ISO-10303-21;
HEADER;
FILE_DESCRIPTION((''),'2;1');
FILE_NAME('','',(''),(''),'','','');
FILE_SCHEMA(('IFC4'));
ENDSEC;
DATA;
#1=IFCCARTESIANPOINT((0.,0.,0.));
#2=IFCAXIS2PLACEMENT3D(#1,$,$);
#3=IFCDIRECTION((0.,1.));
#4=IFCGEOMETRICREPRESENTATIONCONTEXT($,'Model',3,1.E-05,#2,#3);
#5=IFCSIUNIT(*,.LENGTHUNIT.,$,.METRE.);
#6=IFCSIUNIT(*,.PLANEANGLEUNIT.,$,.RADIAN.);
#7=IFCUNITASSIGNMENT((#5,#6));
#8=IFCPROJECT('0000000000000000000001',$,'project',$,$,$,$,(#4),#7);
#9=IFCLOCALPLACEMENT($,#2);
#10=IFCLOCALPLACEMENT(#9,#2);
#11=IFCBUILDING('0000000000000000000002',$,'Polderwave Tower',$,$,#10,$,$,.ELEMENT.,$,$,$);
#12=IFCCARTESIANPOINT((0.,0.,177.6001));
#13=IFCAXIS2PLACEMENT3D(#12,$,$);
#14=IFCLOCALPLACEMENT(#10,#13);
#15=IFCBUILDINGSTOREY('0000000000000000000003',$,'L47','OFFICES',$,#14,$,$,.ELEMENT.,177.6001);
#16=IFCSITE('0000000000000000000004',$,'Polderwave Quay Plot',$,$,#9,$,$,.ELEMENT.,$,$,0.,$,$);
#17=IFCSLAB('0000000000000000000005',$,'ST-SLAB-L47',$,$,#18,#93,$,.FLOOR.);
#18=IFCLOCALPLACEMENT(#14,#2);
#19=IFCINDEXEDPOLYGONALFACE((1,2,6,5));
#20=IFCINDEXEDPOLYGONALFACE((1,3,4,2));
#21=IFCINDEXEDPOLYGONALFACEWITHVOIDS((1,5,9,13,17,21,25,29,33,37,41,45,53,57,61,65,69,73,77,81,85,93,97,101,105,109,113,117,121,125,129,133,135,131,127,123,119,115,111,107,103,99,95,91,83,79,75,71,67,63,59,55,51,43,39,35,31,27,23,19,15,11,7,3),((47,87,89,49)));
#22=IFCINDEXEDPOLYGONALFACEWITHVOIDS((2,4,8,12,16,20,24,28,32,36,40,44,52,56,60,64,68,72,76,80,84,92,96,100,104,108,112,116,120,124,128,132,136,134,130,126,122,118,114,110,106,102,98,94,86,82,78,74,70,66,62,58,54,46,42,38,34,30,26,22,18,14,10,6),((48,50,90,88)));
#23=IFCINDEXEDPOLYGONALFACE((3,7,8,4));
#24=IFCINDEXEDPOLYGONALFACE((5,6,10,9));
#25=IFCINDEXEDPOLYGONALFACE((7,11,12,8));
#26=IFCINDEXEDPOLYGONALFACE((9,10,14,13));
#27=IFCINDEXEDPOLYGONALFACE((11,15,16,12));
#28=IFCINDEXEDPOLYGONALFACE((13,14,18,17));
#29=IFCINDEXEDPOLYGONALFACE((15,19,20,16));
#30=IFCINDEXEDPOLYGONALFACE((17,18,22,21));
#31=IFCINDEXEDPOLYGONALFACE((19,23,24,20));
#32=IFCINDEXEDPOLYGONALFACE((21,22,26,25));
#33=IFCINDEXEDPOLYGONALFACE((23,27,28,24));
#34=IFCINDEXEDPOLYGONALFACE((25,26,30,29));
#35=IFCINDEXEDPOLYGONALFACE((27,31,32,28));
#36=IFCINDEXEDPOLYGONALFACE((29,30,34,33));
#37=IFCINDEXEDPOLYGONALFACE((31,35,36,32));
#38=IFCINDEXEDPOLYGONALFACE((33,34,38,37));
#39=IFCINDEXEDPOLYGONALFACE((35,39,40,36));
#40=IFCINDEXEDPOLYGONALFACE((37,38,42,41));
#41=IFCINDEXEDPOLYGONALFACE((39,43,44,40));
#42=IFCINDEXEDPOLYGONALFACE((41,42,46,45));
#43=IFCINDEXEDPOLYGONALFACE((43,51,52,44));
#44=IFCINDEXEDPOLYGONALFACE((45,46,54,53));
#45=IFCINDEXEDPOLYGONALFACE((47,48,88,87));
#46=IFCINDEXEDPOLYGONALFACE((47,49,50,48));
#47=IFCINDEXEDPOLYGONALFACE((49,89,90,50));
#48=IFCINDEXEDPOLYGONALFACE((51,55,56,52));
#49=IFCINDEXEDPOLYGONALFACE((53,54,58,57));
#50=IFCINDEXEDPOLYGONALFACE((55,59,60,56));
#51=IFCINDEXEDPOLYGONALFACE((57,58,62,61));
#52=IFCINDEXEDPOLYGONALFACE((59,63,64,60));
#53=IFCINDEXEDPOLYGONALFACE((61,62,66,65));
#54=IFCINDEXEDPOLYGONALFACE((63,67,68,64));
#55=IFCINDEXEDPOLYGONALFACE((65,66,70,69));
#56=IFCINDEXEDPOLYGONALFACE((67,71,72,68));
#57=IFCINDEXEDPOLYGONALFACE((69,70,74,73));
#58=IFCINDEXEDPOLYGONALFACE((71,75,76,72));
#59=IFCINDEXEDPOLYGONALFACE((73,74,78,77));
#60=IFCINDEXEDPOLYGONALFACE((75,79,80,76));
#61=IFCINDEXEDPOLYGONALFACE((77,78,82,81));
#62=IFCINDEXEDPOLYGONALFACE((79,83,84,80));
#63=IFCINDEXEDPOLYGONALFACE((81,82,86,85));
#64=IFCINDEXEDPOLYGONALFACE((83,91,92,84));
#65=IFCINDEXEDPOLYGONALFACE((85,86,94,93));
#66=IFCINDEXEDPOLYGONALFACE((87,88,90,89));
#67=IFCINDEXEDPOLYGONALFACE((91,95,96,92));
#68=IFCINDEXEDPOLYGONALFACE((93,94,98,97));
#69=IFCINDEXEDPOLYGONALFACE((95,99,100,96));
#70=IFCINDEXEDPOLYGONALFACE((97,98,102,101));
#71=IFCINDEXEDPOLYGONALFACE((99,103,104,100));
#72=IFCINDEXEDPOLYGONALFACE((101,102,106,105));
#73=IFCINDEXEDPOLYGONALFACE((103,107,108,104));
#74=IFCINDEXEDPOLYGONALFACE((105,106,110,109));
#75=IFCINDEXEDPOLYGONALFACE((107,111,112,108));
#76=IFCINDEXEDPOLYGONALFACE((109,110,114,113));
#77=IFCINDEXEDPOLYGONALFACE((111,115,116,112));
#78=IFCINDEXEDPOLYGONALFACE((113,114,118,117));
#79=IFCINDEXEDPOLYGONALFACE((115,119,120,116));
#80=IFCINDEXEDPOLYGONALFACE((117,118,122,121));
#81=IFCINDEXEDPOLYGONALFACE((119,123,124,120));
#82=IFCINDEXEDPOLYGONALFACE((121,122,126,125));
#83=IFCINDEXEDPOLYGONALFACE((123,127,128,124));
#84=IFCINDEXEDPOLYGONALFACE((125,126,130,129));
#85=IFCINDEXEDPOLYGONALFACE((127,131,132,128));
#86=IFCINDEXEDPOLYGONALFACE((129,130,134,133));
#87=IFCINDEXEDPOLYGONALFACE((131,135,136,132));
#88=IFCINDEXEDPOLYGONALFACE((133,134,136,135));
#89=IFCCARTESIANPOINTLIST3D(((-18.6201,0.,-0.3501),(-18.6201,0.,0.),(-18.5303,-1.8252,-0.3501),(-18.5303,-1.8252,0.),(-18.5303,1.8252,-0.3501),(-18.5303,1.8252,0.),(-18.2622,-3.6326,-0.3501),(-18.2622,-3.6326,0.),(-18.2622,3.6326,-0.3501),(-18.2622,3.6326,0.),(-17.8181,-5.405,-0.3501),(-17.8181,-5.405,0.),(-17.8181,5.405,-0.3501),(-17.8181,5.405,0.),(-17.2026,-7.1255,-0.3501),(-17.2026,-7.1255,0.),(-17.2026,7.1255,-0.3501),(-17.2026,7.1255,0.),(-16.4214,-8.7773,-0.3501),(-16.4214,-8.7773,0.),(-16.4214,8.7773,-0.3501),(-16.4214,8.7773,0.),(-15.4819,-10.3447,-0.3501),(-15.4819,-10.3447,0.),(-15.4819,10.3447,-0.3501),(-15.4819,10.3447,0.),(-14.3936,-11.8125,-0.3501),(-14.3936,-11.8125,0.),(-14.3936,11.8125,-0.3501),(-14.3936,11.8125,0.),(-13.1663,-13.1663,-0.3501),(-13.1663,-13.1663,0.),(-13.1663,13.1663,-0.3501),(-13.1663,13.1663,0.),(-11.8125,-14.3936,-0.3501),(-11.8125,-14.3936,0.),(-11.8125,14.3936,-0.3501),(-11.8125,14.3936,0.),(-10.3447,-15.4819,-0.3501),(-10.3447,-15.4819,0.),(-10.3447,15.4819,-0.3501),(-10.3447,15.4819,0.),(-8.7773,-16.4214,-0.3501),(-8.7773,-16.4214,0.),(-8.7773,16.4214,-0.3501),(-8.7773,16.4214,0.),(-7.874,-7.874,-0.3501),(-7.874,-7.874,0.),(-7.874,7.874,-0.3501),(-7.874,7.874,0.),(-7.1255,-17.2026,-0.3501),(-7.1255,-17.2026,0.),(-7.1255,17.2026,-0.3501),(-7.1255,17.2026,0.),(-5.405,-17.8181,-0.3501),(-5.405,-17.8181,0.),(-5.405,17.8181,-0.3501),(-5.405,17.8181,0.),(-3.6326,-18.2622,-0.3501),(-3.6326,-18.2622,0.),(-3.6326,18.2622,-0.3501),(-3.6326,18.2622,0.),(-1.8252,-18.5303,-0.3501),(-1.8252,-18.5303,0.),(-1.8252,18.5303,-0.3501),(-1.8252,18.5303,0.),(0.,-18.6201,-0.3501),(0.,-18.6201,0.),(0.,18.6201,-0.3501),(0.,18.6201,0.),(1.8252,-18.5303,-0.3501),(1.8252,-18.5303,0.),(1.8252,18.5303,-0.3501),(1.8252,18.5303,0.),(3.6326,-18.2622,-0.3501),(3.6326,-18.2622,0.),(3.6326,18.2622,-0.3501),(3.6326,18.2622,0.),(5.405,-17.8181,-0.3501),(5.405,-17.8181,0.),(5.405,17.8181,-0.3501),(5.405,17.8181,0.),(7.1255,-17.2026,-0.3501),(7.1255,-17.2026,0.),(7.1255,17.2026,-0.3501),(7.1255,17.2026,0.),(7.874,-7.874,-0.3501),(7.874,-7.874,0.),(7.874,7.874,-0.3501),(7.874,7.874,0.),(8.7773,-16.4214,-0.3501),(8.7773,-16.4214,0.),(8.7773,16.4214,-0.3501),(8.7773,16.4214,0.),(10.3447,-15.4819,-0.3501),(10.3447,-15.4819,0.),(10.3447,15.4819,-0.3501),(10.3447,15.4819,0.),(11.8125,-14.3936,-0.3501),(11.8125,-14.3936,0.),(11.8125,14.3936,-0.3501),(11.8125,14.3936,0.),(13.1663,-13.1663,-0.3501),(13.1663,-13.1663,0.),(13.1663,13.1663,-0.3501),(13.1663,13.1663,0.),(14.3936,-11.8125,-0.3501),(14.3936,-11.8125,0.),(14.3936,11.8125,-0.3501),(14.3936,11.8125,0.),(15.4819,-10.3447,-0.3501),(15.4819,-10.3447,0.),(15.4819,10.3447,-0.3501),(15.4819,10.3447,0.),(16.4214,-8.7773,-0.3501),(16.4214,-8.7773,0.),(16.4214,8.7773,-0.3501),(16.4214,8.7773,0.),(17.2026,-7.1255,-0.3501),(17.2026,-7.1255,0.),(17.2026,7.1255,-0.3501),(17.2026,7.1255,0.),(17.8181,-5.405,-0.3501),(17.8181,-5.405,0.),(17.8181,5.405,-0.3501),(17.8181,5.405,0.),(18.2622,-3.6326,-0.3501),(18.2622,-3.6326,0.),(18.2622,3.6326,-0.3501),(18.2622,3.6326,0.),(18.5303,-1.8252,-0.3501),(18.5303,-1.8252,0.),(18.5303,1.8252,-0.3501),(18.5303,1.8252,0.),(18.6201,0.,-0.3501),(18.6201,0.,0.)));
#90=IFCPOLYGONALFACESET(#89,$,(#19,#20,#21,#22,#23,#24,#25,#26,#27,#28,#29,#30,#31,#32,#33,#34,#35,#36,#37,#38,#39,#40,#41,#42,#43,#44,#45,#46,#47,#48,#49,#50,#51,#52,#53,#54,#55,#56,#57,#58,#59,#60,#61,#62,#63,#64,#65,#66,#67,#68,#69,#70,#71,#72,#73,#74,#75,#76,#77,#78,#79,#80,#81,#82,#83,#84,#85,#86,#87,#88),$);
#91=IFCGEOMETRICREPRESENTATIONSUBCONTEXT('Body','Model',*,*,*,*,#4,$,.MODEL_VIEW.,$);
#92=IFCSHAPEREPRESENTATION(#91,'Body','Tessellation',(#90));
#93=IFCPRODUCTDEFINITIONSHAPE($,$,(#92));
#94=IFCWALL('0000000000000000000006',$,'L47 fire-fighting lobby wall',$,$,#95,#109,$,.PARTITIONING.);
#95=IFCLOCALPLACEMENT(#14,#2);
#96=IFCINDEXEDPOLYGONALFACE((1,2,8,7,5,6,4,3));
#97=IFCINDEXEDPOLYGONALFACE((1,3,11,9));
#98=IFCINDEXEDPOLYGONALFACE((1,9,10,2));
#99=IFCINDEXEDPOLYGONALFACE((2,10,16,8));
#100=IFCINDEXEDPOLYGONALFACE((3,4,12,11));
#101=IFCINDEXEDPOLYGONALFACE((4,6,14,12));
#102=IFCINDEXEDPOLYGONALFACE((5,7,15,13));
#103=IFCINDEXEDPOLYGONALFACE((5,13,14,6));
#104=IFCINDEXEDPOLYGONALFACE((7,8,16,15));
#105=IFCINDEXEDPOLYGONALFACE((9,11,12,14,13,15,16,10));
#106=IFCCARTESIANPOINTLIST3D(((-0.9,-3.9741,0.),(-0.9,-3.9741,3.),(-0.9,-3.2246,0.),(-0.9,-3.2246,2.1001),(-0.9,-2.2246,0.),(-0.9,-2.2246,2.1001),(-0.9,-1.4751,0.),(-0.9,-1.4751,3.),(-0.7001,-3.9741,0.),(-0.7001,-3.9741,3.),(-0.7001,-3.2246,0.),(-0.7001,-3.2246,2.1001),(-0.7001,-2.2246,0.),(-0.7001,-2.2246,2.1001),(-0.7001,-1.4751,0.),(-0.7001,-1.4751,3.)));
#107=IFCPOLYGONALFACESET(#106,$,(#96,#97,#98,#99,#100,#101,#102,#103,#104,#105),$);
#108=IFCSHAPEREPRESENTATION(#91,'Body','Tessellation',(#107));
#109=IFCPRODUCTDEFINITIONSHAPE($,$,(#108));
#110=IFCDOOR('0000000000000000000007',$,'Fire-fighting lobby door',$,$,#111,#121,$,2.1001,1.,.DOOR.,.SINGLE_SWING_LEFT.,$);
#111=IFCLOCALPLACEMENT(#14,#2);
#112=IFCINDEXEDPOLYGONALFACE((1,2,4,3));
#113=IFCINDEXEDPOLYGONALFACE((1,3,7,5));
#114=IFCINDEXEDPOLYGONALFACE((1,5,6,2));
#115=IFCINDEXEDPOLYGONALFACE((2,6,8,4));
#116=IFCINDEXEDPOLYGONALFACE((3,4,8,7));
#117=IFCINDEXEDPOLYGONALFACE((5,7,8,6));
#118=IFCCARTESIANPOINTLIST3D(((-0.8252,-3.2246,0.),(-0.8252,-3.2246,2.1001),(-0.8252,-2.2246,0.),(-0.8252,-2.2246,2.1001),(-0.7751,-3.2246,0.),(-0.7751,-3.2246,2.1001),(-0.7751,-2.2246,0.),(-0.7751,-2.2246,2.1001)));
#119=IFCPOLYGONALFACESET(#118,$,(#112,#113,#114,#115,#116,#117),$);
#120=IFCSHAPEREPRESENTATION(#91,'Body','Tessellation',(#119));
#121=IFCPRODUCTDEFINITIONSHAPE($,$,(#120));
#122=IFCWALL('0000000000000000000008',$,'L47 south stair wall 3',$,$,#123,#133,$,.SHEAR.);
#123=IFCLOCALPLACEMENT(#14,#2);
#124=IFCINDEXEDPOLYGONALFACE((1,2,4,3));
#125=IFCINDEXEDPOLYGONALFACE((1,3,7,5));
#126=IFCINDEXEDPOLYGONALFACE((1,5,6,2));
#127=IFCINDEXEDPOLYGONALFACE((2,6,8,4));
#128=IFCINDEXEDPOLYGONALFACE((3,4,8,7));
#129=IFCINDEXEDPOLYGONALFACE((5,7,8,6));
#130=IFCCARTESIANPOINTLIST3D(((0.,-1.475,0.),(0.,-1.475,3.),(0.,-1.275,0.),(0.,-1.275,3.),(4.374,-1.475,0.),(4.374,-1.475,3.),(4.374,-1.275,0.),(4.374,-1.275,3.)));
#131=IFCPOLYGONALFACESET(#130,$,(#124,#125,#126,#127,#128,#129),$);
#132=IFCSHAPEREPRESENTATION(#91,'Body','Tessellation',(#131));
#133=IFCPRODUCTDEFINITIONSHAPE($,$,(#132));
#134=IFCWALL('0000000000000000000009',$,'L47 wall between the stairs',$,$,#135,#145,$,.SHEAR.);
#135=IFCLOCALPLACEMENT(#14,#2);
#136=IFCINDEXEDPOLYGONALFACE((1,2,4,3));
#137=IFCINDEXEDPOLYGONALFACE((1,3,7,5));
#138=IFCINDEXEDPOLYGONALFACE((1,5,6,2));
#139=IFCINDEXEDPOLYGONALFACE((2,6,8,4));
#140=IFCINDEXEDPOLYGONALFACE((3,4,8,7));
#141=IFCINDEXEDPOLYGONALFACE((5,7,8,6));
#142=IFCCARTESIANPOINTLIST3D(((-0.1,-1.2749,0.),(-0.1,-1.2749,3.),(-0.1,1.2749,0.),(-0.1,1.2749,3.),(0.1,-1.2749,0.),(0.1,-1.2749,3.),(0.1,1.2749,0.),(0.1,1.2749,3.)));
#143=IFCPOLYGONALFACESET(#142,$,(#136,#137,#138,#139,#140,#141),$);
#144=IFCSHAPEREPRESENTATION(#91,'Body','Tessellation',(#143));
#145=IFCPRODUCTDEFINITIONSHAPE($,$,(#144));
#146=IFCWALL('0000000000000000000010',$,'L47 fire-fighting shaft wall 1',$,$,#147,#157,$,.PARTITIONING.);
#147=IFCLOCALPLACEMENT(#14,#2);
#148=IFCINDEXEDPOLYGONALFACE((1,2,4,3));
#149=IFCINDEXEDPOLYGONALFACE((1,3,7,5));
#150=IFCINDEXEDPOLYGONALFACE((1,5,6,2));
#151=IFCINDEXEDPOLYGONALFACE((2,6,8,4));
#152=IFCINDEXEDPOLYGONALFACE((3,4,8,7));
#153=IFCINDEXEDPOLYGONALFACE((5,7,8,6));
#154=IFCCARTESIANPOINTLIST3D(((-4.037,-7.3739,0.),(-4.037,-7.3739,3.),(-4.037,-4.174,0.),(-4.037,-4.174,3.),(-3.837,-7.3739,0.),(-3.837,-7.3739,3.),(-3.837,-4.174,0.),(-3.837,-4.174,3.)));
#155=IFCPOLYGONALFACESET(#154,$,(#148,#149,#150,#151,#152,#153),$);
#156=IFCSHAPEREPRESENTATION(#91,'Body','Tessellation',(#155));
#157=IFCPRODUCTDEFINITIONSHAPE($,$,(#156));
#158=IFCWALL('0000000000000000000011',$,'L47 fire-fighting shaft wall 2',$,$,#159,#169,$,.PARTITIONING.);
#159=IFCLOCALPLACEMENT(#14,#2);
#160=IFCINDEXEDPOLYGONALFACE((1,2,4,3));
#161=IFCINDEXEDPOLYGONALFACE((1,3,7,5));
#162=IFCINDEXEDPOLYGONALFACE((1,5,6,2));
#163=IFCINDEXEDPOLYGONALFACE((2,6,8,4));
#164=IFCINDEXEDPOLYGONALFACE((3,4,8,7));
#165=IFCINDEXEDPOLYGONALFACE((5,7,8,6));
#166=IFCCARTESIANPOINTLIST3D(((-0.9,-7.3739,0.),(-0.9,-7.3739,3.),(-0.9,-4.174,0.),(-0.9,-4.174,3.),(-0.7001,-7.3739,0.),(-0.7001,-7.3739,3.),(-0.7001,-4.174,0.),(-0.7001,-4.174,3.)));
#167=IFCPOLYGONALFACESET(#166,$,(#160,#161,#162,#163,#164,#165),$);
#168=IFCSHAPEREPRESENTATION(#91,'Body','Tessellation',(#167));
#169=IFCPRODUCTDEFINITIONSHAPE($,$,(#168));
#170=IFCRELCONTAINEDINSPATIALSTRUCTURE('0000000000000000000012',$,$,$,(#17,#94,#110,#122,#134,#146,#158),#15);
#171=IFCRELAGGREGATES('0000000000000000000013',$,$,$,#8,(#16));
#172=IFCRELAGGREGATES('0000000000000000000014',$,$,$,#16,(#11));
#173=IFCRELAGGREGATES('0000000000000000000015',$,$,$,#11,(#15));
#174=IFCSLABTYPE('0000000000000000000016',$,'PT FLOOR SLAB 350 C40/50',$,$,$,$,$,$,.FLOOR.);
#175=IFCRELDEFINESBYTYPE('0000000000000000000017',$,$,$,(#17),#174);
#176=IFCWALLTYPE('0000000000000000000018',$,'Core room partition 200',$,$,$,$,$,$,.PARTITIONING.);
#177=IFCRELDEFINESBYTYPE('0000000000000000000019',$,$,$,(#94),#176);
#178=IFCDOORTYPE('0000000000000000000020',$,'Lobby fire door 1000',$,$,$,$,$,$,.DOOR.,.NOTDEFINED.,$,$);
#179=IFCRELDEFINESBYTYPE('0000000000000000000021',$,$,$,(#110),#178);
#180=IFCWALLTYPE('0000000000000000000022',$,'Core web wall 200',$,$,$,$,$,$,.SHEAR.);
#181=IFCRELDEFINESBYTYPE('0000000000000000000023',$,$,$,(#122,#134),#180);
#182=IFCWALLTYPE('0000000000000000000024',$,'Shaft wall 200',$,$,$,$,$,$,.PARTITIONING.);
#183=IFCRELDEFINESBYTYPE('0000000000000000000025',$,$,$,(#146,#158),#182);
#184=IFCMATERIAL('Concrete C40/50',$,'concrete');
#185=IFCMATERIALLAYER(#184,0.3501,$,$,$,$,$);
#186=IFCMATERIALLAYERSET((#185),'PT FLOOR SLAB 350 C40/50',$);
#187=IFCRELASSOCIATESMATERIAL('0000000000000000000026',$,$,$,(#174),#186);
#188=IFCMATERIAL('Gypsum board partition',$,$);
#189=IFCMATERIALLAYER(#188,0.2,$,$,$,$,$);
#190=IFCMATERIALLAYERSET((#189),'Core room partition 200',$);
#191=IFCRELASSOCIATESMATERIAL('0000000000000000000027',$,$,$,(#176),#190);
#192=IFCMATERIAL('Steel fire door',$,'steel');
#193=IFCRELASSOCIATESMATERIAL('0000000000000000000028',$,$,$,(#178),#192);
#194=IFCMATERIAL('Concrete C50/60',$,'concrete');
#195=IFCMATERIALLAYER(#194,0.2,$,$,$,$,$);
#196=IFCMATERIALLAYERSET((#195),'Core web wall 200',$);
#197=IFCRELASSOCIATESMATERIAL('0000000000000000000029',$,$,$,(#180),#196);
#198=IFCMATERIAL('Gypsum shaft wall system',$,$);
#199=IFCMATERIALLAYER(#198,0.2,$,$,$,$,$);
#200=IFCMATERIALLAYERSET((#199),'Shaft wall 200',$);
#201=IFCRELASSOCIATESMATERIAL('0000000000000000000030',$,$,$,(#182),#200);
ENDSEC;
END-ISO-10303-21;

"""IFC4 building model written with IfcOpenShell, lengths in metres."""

from ifc_helpers import new_model, si_unit, direction, frame, frame_2d, origin, place, context, subcontext, project, spatial, polyline, rectangle, outline, extrude, material, layer, layer_set, type_object, element, fill, save


model = new_model("IFC4")

# Units and contexts
model_context = context("Model", 3, precision=1e-05, world=origin(), true_north=direction((0.0, 1.0)))
body_context = subcontext(model_context, "Body", "Model", "MODEL_VIEW")
ifc_project = project(units=[si_unit("LENGTHUNIT", "METRE"), si_unit("PLANEANGLEUNIT", "RADIAN")], contexts=[model_context])

# Site, building, storey
site_placement = place(None, origin())
site = spatial("IfcSite", under=ifc_project, at=site_placement, Name="Polderwave Quay Plot", CompositionType="ELEMENT", RefElevation=0.0)
building_placement = place(site_placement, origin())
building = spatial("IfcBuilding", under=site, at=building_placement, Name="Polderwave Tower", CompositionType="ELEMENT")
storey_placement = place(building_placement, frame((0.0, 0.0, 177.6001)))
storey = spatial("IfcBuildingStorey", under=building, at=storey_placement, Name="L47", Description="OFFICES", CompositionType="ELEMENT", Elevation=177.6001)

# Slab
ifc_material_1 = material(Name="Concrete C40/50", Category="concrete")
ifc_layer_1 = layer(ifc_material_1, 0.3501)
ifc_layer_set_1 = layer_set([ifc_layer_1], Name="PT FLOOR SLAB 350 C40/50")
slab_type = type_object("IfcSlabType", Name="PT FLOOR SLAB 350 C40/50", PredefinedType="FLOOR", material=ifc_layer_set_1)
slab_placement = place(storey_placement, frame((0.0, 0.0, -0.3501)))
element("IfcSlab", 1, at=slab_placement, inside=storey, type_object=slab_type, Name="ST-SLAB-L47", PredefinedType="FLOOR", context=body_context, shape_type="SweptSolid", body=[
    extrude(outline(polyline([(18.6201, 0.0), (18.5303, 1.8252), (18.2622, 3.6326), (17.8181, 5.405), (17.2026, 7.1255), (16.4214, 8.7773), (15.4819, 10.3447), (14.3936, 11.8125), (13.1663, 13.1663), (11.8125, 14.3936), (10.3447, 15.4819), (8.7773, 16.4214), (7.1255, 17.2026), (5.405, 17.8181), (3.6326, 18.2622), (1.8252, 18.5303), (0.0, 18.6201), (-1.8252, 18.5303), (-3.6326, 18.2622), (-5.405, 17.8181), (-7.1255, 17.2026), (-8.7773, 16.4214), (-10.3447, 15.4819), (-11.8125, 14.3936), (-13.1663, 13.1663), (-14.3936, 11.8125), (-15.4819, 10.3447), (-16.4214, 8.7773), (-17.2026, 7.1255), (-17.8181, 5.405), (-18.2622, 3.6326), (-18.5303, 1.8252), (-18.6201, 0.0), (-18.5303, -1.8252), (-18.2622, -3.6326), (-17.8181, -5.405), (-17.2026, -7.1255), (-16.4214, -8.7773), (-15.4819, -10.3447), (-14.3936, -11.8125), (-13.1663, -13.1663), (-11.8125, -14.3936), (-10.3447, -15.4819), (-8.7773, -16.4214), (-7.1255, -17.2026), (-5.405, -17.8181), (-3.6326, -18.2622), (-1.8252, -18.5303), (0.0, -18.6201), (1.8252, -18.5303), (3.6326, -18.2622), (5.405, -17.8181), (7.1255, -17.2026), (8.7773, -16.4214), (10.3447, -15.4819), (11.8125, -14.3936), (13.1663, -13.1663), (14.3936, -11.8125), (15.4819, -10.3447), (16.4214, -8.7773), (17.2026, -7.1255), (17.8181, -5.405), (18.2622, -3.6326), (18.5303, -1.8252), (18.6201, 0.0)]), holes=[polyline([(-7.874, -7.874), (7.874, -7.874), (7.874, 7.874), (-7.874, 7.874), (-7.874, -7.874)])]), origin(), (0.0, 0.0, 1.0), 0.3501),
])

# Wall, opening, door
ifc_material_2 = material(Name="Gypsum board partition")
ifc_layer_2 = layer(ifc_material_2, 0.2)
ifc_layer_set_2 = layer_set([ifc_layer_2], Name="Core room partition 200")
wall_type_1 = type_object("IfcWallType", Name="Core room partition 200", PredefinedType="PARTITIONING", material=ifc_layer_set_2)
wall_1_placement = place(storey_placement, frame((-0.8, -3.9741, 0.0), z_axis=(0.0, 0.0, 1.0), x_axis=(0.0, 1.0, 0.0)))
wall_1 = element("IfcWall", 2, at=wall_1_placement, inside=storey, type_object=wall_type_1, Name="L47 fire-fighting lobby wall", PredefinedType="PARTITIONING", context=body_context, shape_type="SweptSolid", body=[
    extrude(rectangle(XDim=2.499, YDim=0.2, at=frame_2d((1.2495, 0.0))), origin(), (0.0, 0.0, 1.0), 3.0),
])
opening_placement = place(wall_1_placement, frame((0.7495, 0.0, 0.0)))
opening = element("IfcOpeningElement", 3, at=opening_placement, cuts=wall_1, PredefinedType="OPENING", context=body_context, shape_type="SweptSolid", body=[
    extrude(rectangle(XDim=1.0, YDim=2.1001, at=frame_2d((0.5, 1.05))), frame((0.0, 0.1099, 0.0), z_axis=(0.0, -1.0, 0.0), x_axis=(1.0, 0.0, 0.0)), (0.0, 0.0, 1.0), 0.22),
])
ifc_material_3 = material(Name="Steel fire door", Category="steel")
door_type = type_object("IfcDoorType", Name="Lobby fire door 1000", OperationType="NOTDEFINED", PredefinedType="DOOR", material=ifc_material_3)
door_placement = place(opening_placement, frame((1.0, 0.0, 0.0), z_axis=(0.0, 0.0, 1.0), x_axis=(-1.0, 0.0, 0.0)))
door = element("IfcDoor", 4, at=door_placement, inside=storey, type_object=door_type, Name="Fire-fighting lobby door", OperationType="SINGLE_SWING_LEFT", OverallHeight=2.1001, OverallWidth=1.0, PredefinedType="DOOR", context=body_context, shape_type="SweptSolid", body=[
    extrude(rectangle(XDim=1.0, YDim=2.1001, at=frame_2d((0.5, 1.05))), frame((0.0, 0.0249, 0.0), z_axis=(0.0, -1.0, 0.0), x_axis=(1.0, 0.0, 0.0)), (0.0, 0.0, 1.0), 0.05),
])
fill(opening, door)

# Walls
ifc_material_4 = material(Name="Concrete C50/60", Category="concrete")
ifc_layer_3 = layer(ifc_material_4, 0.2)
ifc_layer_set_3 = layer_set([ifc_layer_3], Name="Core web wall 200")
wall_type_2 = type_object("IfcWallType", Name="Core web wall 200", PredefinedType="SHEAR", material=ifc_layer_set_3)
wall_2_placement = place(storey_placement, frame((0.0, -1.375, 0.0), z_axis=(0.0, 0.0, 1.0), x_axis=(1.0, 0.0, 0.0)))
element("IfcWall", 5, at=wall_2_placement, inside=storey, type_object=wall_type_2, Name="L47 south stair wall 3", PredefinedType="SHEAR", context=body_context, shape_type="SweptSolid", body=[
    extrude(rectangle(XDim=4.374, YDim=0.2, at=frame_2d((2.187, 0.0))), origin(), (0.0, 0.0, 1.0), 3.0),
])
wall_3_placement = place(storey_placement, frame((0.0, -1.2749, 0.0), z_axis=(0.0, 0.0, 1.0), x_axis=(0.0, 1.0, 0.0)))
element("IfcWall", 6, at=wall_3_placement, inside=storey, type_object=wall_type_2, Name="L47 wall between the stairs", PredefinedType="SHEAR", context=body_context, shape_type="SweptSolid", body=[
    extrude(rectangle(XDim=2.5498, YDim=0.2, at=frame_2d((1.2749, 0.0))), origin(), (0.0, 0.0, 1.0), 3.0),
])
ifc_material_5 = material(Name="Gypsum shaft wall system")
ifc_layer_4 = layer(ifc_material_5, 0.2)
ifc_layer_set_4 = layer_set([ifc_layer_4], Name="Shaft wall 200")
wall_type_3 = type_object("IfcWallType", Name="Shaft wall 200", PredefinedType="PARTITIONING", material=ifc_layer_set_4)
for number, where, z_axis, x_axis, name in (
    (7, (-3.937, -7.374, 0.0), (0.0, 0.0, 1.0), (0.0, 1.0, 0.0), "L47 fire-fighting shaft wall 1"),
    (8, (-0.8, -7.374, 0.0), (0.0, 0.0, 1.0), (0.0, 1.0, 0.0), "L47 fire-fighting shaft wall 2"),
):
    element("IfcWall", number, at=place(storey_placement, frame(where, z_axis=z_axis, x_axis=x_axis)), inside=storey, type_object=wall_type_3, Name=name, PredefinedType="PARTITIONING", context=body_context, shape_type="SweptSolid", body=[
        extrude(rectangle(XDim=3.2, YDim=0.2, at=frame_2d((1.6001, 0.0))), origin(), (0.0, 0.0, 1.0), 3.0),
    ])

save(model, "model.ifc")
